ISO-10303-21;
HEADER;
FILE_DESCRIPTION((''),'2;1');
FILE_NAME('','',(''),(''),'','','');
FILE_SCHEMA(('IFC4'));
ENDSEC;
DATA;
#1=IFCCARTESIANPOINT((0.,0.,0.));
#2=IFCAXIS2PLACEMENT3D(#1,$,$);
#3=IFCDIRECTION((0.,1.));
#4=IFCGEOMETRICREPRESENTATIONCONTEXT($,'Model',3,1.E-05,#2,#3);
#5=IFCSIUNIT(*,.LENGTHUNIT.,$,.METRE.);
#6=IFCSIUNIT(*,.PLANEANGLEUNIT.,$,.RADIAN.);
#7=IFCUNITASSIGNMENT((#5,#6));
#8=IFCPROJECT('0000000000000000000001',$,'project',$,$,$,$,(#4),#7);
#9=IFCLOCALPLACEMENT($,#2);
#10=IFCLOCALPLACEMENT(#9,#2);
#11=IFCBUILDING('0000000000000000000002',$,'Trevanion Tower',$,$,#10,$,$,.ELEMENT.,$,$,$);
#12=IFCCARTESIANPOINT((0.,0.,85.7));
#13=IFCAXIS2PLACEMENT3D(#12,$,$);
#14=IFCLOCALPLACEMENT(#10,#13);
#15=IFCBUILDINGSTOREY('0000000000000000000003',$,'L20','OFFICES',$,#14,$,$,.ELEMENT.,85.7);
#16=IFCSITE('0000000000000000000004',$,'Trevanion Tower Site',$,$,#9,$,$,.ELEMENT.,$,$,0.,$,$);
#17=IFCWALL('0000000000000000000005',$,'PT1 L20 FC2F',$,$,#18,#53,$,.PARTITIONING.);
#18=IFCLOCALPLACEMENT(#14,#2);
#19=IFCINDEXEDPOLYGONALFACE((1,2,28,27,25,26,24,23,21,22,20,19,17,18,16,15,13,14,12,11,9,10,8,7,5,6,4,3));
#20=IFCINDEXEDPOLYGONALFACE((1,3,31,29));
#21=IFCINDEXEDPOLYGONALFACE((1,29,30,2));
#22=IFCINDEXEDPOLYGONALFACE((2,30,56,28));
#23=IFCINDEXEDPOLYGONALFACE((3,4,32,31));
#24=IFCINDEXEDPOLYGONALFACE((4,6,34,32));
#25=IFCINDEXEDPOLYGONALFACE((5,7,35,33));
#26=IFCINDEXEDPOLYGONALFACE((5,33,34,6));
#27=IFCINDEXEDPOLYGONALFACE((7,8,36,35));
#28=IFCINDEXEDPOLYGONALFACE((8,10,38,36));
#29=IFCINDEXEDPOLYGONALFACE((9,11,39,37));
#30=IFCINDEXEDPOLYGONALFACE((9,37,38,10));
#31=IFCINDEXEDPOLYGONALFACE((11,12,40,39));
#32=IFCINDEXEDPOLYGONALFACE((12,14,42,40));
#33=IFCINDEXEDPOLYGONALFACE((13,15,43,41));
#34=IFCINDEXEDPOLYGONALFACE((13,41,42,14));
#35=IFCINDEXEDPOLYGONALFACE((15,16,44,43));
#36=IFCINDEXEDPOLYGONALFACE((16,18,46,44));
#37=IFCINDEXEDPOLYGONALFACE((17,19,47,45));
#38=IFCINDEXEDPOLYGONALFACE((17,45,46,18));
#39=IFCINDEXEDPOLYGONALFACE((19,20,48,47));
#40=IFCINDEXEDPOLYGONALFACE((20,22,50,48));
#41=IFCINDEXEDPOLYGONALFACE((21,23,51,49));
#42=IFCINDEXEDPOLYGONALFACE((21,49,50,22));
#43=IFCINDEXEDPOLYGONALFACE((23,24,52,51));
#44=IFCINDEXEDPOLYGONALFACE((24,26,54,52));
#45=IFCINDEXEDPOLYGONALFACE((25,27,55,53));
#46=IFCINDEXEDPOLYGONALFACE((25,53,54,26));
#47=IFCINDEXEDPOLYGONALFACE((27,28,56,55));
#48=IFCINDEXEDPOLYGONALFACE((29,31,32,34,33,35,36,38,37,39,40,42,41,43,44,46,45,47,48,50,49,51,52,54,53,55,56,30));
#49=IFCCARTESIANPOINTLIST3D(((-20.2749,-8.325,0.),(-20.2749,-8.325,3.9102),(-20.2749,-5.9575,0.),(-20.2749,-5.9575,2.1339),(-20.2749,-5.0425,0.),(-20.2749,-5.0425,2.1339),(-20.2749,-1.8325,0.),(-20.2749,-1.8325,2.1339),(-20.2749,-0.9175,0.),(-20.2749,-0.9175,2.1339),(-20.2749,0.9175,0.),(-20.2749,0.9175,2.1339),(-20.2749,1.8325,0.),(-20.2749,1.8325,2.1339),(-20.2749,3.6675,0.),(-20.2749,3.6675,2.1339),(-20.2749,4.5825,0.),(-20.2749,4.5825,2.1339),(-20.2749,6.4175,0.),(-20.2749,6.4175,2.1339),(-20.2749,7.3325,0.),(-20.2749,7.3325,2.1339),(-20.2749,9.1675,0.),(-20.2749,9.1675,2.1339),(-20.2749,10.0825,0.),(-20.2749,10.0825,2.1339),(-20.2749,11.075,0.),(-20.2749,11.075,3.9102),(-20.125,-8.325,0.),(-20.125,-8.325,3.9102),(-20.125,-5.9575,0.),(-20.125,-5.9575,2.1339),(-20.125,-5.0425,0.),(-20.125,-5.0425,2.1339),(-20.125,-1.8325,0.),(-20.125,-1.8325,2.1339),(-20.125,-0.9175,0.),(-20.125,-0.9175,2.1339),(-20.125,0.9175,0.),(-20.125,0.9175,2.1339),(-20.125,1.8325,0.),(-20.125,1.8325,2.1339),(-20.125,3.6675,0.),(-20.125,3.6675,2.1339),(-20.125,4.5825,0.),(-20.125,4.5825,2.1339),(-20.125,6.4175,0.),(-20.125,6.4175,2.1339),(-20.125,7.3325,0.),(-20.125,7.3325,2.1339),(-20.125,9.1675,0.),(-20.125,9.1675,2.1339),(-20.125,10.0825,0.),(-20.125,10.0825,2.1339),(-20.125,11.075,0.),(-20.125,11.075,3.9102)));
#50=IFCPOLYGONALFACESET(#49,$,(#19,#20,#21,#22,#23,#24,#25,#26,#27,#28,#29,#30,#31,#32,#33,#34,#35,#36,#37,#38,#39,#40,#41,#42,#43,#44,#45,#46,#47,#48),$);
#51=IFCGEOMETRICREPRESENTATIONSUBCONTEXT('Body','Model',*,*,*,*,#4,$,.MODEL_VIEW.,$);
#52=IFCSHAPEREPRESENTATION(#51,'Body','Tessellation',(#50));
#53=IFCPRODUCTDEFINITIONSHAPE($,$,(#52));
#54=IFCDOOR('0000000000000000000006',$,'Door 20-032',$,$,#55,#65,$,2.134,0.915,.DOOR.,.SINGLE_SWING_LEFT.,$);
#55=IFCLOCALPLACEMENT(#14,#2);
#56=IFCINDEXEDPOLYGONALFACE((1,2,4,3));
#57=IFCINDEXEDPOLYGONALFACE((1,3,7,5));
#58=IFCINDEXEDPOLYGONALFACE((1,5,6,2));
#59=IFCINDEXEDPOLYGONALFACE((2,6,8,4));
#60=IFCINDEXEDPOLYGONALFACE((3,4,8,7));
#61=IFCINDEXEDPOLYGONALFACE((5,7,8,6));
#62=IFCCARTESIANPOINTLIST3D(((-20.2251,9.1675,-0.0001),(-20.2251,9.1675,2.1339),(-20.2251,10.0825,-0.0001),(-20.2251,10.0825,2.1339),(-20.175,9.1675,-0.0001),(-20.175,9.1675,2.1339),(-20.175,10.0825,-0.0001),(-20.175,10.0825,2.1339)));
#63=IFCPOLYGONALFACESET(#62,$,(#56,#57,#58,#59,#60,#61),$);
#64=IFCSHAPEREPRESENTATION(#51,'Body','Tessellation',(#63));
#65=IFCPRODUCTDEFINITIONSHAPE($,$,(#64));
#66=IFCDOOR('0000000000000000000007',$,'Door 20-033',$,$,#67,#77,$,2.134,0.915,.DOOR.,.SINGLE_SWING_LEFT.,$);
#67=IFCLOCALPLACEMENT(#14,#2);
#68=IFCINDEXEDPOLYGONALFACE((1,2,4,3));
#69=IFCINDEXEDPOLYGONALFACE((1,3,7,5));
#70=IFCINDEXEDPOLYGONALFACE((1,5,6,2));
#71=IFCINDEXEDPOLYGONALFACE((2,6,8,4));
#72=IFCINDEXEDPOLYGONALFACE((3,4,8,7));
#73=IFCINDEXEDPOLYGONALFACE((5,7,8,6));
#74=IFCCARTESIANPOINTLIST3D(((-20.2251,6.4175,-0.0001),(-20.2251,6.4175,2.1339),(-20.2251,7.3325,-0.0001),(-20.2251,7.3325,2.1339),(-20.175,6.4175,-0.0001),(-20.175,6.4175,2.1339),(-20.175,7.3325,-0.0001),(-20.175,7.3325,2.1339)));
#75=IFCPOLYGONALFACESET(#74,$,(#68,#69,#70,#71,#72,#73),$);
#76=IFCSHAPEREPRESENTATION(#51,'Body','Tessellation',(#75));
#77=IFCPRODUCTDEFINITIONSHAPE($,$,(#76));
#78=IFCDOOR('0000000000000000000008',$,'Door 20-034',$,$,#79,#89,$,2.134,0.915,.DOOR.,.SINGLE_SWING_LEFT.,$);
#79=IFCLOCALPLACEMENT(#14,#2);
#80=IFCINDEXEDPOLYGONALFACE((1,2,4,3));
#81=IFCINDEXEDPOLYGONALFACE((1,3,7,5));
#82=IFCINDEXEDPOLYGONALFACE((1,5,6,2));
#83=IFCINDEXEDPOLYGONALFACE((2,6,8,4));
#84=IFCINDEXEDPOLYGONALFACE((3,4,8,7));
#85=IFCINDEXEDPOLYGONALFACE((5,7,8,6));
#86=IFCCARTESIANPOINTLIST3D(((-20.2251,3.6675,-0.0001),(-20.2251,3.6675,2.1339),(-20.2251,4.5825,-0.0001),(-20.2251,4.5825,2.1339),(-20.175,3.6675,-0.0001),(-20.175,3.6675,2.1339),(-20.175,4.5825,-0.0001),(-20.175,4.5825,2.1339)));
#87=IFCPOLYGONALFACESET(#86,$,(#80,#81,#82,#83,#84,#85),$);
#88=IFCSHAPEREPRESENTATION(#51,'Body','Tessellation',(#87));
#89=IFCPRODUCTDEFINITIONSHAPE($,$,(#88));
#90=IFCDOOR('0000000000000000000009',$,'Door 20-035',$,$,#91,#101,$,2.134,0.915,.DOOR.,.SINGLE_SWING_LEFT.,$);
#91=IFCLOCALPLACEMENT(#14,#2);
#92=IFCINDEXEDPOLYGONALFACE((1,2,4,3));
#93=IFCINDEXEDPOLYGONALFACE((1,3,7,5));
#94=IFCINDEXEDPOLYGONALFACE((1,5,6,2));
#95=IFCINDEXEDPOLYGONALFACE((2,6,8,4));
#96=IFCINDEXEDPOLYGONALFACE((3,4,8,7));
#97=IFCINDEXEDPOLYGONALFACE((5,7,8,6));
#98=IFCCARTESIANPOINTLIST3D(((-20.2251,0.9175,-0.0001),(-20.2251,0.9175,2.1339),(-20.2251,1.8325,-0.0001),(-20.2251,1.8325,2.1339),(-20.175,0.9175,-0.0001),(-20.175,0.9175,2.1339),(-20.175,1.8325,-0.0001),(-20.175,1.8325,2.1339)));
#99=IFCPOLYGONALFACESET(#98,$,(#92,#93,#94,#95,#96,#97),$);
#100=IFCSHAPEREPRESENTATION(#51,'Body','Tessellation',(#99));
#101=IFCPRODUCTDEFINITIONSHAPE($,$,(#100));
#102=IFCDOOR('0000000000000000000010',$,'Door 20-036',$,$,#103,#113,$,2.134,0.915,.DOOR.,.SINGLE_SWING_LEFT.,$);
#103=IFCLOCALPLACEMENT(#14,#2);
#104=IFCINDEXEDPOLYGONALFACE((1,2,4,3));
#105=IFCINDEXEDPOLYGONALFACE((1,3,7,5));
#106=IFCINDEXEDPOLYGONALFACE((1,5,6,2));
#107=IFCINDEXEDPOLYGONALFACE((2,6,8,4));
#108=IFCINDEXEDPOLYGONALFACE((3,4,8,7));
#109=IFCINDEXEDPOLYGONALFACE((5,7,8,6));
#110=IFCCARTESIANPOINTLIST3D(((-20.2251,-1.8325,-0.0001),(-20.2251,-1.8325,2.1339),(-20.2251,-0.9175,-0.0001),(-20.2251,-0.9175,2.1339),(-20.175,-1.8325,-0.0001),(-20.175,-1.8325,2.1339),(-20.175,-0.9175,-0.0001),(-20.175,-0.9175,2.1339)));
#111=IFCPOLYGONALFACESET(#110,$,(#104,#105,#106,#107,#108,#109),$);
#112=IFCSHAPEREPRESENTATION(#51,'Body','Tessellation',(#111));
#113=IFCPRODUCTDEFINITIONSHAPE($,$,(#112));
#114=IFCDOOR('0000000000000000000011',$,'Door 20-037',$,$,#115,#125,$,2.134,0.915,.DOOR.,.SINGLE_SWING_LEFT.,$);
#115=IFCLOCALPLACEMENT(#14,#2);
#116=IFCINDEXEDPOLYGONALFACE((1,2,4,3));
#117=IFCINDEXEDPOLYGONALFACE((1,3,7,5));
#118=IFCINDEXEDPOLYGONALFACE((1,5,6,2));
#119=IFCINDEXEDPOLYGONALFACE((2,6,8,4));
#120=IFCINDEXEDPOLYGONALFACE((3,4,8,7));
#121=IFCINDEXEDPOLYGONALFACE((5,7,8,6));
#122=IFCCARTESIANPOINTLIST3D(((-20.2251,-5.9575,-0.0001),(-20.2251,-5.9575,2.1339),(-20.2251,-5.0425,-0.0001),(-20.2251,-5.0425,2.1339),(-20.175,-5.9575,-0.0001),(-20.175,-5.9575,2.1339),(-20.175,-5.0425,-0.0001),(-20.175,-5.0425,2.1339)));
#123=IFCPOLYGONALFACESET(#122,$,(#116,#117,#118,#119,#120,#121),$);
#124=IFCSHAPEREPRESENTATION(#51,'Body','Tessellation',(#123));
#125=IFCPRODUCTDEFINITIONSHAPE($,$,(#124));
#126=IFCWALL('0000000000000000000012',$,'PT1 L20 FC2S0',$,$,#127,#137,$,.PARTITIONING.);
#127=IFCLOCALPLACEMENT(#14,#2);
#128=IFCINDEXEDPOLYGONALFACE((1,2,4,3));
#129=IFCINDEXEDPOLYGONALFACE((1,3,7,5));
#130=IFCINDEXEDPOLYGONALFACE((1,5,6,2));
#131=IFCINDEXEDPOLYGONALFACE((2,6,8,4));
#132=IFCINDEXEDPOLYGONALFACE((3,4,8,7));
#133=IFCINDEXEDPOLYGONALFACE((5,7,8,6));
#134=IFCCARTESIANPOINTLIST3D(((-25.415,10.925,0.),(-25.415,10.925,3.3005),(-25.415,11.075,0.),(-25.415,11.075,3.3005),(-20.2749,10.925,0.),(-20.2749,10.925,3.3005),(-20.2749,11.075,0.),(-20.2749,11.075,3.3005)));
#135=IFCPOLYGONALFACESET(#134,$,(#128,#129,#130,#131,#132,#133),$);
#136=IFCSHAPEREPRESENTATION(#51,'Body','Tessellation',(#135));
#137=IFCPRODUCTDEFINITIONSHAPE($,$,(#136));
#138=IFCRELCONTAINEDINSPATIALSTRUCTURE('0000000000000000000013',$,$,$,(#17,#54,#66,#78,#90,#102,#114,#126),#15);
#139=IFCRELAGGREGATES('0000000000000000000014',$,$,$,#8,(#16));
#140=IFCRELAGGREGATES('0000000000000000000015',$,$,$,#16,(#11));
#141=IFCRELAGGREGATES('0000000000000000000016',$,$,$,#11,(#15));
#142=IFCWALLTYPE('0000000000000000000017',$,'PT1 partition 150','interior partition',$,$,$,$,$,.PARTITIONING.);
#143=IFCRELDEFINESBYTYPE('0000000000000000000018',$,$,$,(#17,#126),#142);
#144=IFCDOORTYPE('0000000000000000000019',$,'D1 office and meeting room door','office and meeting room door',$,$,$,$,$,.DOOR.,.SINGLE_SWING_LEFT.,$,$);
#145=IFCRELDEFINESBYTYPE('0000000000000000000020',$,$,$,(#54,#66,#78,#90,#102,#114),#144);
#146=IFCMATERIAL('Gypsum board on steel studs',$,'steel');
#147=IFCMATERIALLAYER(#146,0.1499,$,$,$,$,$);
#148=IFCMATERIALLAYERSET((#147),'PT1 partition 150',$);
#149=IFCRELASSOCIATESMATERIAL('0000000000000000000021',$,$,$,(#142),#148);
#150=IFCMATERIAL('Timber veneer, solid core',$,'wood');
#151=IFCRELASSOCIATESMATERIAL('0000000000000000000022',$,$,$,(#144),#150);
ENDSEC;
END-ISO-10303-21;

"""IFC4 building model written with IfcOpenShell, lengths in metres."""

from ifc_helpers import new_model, si_unit, direction, frame, frame_2d, origin, place, context, subcontext, project, spatial, rectangle, extrude, material, layer, layer_set, type_object, element, fill, save


model = new_model("IFC4")

# Units and contexts
model_context = context("Model", 3, precision=1e-05, world=origin(), true_north=direction((0.0, 1.0)))
body_context = subcontext(model_context, "Body", "Model", "MODEL_VIEW")
ifc_project = project(units=[si_unit("LENGTHUNIT", "METRE"), si_unit("PLANEANGLEUNIT", "RADIAN")], contexts=[model_context])

# Site, building, storey
site_placement = place(None, origin())
site = spatial("IfcSite", under=ifc_project, at=site_placement, Name="Trevanion Tower Site", CompositionType="ELEMENT", RefElevation=0.0)
building_placement = place(site_placement, origin())
building = spatial("IfcBuilding", under=site, at=building_placement, Name="Trevanion Tower", CompositionType="ELEMENT")
storey_placement = place(building_placement, frame((0.0, 0.0, 85.7)))
storey = spatial("IfcBuildingStorey", under=building, at=storey_placement, Name="L20", Description="OFFICES", CompositionType="ELEMENT", Elevation=85.7)

# Wall, openings, doors
ifc_material_1 = material(Name="Gypsum board on steel studs", Category="steel")
ifc_layer_1 = layer(ifc_material_1, 0.1499)
ifc_layer_set_1 = layer_set([ifc_layer_1], Name="PT1 partition 150")
wall_type = type_object("IfcWallType", Name="PT1 partition 150", Description="interior partition", PredefinedType="PARTITIONING", material=ifc_layer_set_1)
wall_1_placement = place(storey_placement, frame((-20.2, 11.075, 0.0), z_axis=(0.0, 0.0, 1.0), x_axis=(0.0, -1.0, 0.0)))
wall_1 = element("IfcWall", 1, at=wall_1_placement, inside=storey, type_object=wall_type, Name="PT1 L20 FC2F", PredefinedType="PARTITIONING", context=body_context, shape_type="SweptSolid", body=[
    extrude(rectangle(XDim=19.3999, YDim=0.1499, at=frame_2d((9.7, 0.0))), origin(), (0.0, 0.0, 1.0), 3.9102),
])
opening_1_placement = place(wall_1_placement, frame((0.9924, 0.0, 0.0)))
opening_1 = element("IfcOpeningElement", 2, at=opening_1_placement, cuts=wall_1, PredefinedType="OPENING", context=body_context, shape_type="SweptSolid", body=[
    extrude(rectangle(XDim=0.915, YDim=2.134, at=frame_2d((0.4575, 1.0669))), frame((0.0, 0.085, 0.0), z_axis=(0.0, -1.0, 0.0), x_axis=(1.0, 0.0, 0.0)), (0.0, 0.0, 1.0), 0.1699),
])
opening_2_placement = place(wall_1_placement, frame((3.7424, 0.0, 0.0)))
opening_2 = element("IfcOpeningElement", 3, at=opening_2_placement, cuts=wall_1, PredefinedType="OPENING", context=body_context, shape_type="SweptSolid", body=[
    extrude(rectangle(XDim=0.915, YDim=2.134, at=frame_2d((0.4575, 1.0669))), frame((0.0, 0.085, 0.0), z_axis=(0.0, -1.0, 0.0), x_axis=(1.0, 0.0, 0.0)), (0.0, 0.0, 1.0), 0.1699),
])
opening_3_placement = place(wall_1_placement, frame((6.4924, 0.0, 0.0)))
opening_3 = element("IfcOpeningElement", 4, at=opening_3_placement, cuts=wall_1, PredefinedType="OPENING", context=body_context, shape_type="SweptSolid", body=[
    extrude(rectangle(XDim=0.915, YDim=2.134, at=frame_2d((0.4575, 1.0669))), frame((0.0, 0.085, 0.0), z_axis=(0.0, -1.0, 0.0), x_axis=(1.0, 0.0, 0.0)), (0.0, 0.0, 1.0), 0.1699),
])
opening_4_placement = place(wall_1_placement, frame((9.2424, 0.0, 0.0)))
opening_4 = element("IfcOpeningElement", 5, at=opening_4_placement, cuts=wall_1, PredefinedType="OPENING", context=body_context, shape_type="SweptSolid", body=[
    extrude(rectangle(XDim=0.915, YDim=2.134, at=frame_2d((0.4575, 1.0669))), frame((0.0, 0.085, 0.0), z_axis=(0.0, -1.0, 0.0), x_axis=(1.0, 0.0, 0.0)), (0.0, 0.0, 1.0), 0.1699),
])
opening_5_placement = place(wall_1_placement, frame((11.9924, 0.0, 0.0)))
opening_5 = element("IfcOpeningElement", 6, at=opening_5_placement, cuts=wall_1, PredefinedType="OPENING", context=body_context, shape_type="SweptSolid", body=[
    extrude(rectangle(XDim=0.915, YDim=2.134, at=frame_2d((0.4575, 1.0669))), frame((0.0, 0.085, 0.0), z_axis=(0.0, -1.0, 0.0), x_axis=(1.0, 0.0, 0.0)), (0.0, 0.0, 1.0), 0.1699),
])
opening_6_placement = place(wall_1_placement, frame((16.1174, 0.0, 0.0)))
opening_6 = element("IfcOpeningElement", 7, at=opening_6_placement, cuts=wall_1, PredefinedType="OPENING", context=body_context, shape_type="SweptSolid", body=[
    extrude(rectangle(XDim=0.915, YDim=2.134, at=frame_2d((0.4575, 1.0669))), frame((0.0, 0.085, 0.0), z_axis=(0.0, -1.0, 0.0), x_axis=(1.0, 0.0, 0.0)), (0.0, 0.0, 1.0), 0.1699),
])
ifc_material_2 = material(Name="Timber veneer, solid core", Category="wood")
door_type = type_object("IfcDoorType", Name="D1 office and meeting room door", Description="office and meeting room door", OperationType="SINGLE_SWING_LEFT", PredefinedType="DOOR", material=ifc_material_2)
door_1_placement = place(opening_1_placement, origin())
door_1 = element("IfcDoor", 8, at=door_1_placement, inside=storey, type_object=door_type, Name="Door 20-032", OperationType="SINGLE_SWING_LEFT", OverallHeight=2.134, OverallWidth=0.915, PredefinedType="DOOR", context=body_context, shape_type="SweptSolid", body=[
    extrude(rectangle(XDim=0.915, YDim=2.134, at=frame_2d((0.4575, 1.0669))), frame((0.0, 0.0249, 0.0), z_axis=(0.0, -1.0, 0.0), x_axis=(1.0, 0.0, 0.0)), (0.0, 0.0, 1.0), 0.05),
])
fill(opening_1, door_1)
door_2_placement = place(opening_2_placement, origin())
door_2 = element("IfcDoor", 9, at=door_2_placement, inside=storey, type_object=door_type, Name="Door 20-033", OperationType="SINGLE_SWING_LEFT", OverallHeight=2.134, OverallWidth=0.915, PredefinedType="DOOR", context=body_context, shape_type="SweptSolid", body=[
    extrude(rectangle(XDim=0.915, YDim=2.134, at=frame_2d((0.4575, 1.0669))), frame((0.0, 0.0249, 0.0), z_axis=(0.0, -1.0, 0.0), x_axis=(1.0, 0.0, 0.0)), (0.0, 0.0, 1.0), 0.05),
])
fill(opening_2, door_2)
door_3_placement = place(opening_3_placement, origin())
door_3 = element("IfcDoor", 10, at=door_3_placement, inside=storey, type_object=door_type, Name="Door 20-034", OperationType="SINGLE_SWING_LEFT", OverallHeight=2.134, OverallWidth=0.915, PredefinedType="DOOR", context=body_context, shape_type="SweptSolid", body=[
    extrude(rectangle(XDim=0.915, YDim=2.134, at=frame_2d((0.4575, 1.0669))), frame((0.0, 0.0249, 0.0), z_axis=(0.0, -1.0, 0.0), x_axis=(1.0, 0.0, 0.0)), (0.0, 0.0, 1.0), 0.05),
])
fill(opening_3, door_3)
door_4_placement = place(opening_4_placement, origin())
door_4 = element("IfcDoor", 11, at=door_4_placement, inside=storey, type_object=door_type, Name="Door 20-035", OperationType="SINGLE_SWING_LEFT", OverallHeight=2.134, OverallWidth=0.915, PredefinedType="DOOR", context=body_context, shape_type="SweptSolid", body=[
    extrude(rectangle(XDim=0.915, YDim=2.134, at=frame_2d((0.4575, 1.0669))), frame((0.0, 0.0249, 0.0), z_axis=(0.0, -1.0, 0.0), x_axis=(1.0, 0.0, 0.0)), (0.0, 0.0, 1.0), 0.05),
])
fill(opening_4, door_4)
door_5_placement = place(opening_5_placement, origin())
door_5 = element("IfcDoor", 12, at=door_5_placement, inside=storey, type_object=door_type, Name="Door 20-036", OperationType="SINGLE_SWING_LEFT", OverallHeight=2.134, OverallWidth=0.915, PredefinedType="DOOR", context=body_context, shape_type="SweptSolid", body=[
    extrude(rectangle(XDim=0.915, YDim=2.134, at=frame_2d((0.4575, 1.0669))), frame((0.0, 0.0249, 0.0), z_axis=(0.0, -1.0, 0.0), x_axis=(1.0, 0.0, 0.0)), (0.0, 0.0, 1.0), 0.05),
])
fill(opening_5, door_5)
door_6_placement = place(opening_6_placement, origin())
door_6 = element("IfcDoor", 13, at=door_6_placement, inside=storey, type_object=door_type, Name="Door 20-037", OperationType="SINGLE_SWING_LEFT", OverallHeight=2.134, OverallWidth=0.915, PredefinedType="DOOR", context=body_context, shape_type="SweptSolid", body=[
    extrude(rectangle(XDim=0.915, YDim=2.134, at=frame_2d((0.4575, 1.0669))), frame((0.0, 0.0249, 0.0), z_axis=(0.0, -1.0, 0.0), x_axis=(1.0, 0.0, 0.0)), (0.0, 0.0, 1.0), 0.05),
])
fill(opening_6, door_6)

# Wall
wall_2_placement = place(storey_placement, frame((-20.2749, 11.0, 0.0), z_axis=(0.0, 0.0, 1.0), x_axis=(-1.0, 0.0, 0.0)))
element("IfcWall", 14, at=wall_2_placement, inside=storey, type_object=wall_type, Name="PT1 L20 FC2S0", PredefinedType="PARTITIONING", context=body_context, shape_type="SweptSolid", body=[
    extrude(rectangle(XDim=5.1401, YDim=0.1499, at=frame_2d((2.5701, 0.0))), origin(), (0.0, 0.0, 1.0), 3.3005),
])

save(model, "model.ifc")
